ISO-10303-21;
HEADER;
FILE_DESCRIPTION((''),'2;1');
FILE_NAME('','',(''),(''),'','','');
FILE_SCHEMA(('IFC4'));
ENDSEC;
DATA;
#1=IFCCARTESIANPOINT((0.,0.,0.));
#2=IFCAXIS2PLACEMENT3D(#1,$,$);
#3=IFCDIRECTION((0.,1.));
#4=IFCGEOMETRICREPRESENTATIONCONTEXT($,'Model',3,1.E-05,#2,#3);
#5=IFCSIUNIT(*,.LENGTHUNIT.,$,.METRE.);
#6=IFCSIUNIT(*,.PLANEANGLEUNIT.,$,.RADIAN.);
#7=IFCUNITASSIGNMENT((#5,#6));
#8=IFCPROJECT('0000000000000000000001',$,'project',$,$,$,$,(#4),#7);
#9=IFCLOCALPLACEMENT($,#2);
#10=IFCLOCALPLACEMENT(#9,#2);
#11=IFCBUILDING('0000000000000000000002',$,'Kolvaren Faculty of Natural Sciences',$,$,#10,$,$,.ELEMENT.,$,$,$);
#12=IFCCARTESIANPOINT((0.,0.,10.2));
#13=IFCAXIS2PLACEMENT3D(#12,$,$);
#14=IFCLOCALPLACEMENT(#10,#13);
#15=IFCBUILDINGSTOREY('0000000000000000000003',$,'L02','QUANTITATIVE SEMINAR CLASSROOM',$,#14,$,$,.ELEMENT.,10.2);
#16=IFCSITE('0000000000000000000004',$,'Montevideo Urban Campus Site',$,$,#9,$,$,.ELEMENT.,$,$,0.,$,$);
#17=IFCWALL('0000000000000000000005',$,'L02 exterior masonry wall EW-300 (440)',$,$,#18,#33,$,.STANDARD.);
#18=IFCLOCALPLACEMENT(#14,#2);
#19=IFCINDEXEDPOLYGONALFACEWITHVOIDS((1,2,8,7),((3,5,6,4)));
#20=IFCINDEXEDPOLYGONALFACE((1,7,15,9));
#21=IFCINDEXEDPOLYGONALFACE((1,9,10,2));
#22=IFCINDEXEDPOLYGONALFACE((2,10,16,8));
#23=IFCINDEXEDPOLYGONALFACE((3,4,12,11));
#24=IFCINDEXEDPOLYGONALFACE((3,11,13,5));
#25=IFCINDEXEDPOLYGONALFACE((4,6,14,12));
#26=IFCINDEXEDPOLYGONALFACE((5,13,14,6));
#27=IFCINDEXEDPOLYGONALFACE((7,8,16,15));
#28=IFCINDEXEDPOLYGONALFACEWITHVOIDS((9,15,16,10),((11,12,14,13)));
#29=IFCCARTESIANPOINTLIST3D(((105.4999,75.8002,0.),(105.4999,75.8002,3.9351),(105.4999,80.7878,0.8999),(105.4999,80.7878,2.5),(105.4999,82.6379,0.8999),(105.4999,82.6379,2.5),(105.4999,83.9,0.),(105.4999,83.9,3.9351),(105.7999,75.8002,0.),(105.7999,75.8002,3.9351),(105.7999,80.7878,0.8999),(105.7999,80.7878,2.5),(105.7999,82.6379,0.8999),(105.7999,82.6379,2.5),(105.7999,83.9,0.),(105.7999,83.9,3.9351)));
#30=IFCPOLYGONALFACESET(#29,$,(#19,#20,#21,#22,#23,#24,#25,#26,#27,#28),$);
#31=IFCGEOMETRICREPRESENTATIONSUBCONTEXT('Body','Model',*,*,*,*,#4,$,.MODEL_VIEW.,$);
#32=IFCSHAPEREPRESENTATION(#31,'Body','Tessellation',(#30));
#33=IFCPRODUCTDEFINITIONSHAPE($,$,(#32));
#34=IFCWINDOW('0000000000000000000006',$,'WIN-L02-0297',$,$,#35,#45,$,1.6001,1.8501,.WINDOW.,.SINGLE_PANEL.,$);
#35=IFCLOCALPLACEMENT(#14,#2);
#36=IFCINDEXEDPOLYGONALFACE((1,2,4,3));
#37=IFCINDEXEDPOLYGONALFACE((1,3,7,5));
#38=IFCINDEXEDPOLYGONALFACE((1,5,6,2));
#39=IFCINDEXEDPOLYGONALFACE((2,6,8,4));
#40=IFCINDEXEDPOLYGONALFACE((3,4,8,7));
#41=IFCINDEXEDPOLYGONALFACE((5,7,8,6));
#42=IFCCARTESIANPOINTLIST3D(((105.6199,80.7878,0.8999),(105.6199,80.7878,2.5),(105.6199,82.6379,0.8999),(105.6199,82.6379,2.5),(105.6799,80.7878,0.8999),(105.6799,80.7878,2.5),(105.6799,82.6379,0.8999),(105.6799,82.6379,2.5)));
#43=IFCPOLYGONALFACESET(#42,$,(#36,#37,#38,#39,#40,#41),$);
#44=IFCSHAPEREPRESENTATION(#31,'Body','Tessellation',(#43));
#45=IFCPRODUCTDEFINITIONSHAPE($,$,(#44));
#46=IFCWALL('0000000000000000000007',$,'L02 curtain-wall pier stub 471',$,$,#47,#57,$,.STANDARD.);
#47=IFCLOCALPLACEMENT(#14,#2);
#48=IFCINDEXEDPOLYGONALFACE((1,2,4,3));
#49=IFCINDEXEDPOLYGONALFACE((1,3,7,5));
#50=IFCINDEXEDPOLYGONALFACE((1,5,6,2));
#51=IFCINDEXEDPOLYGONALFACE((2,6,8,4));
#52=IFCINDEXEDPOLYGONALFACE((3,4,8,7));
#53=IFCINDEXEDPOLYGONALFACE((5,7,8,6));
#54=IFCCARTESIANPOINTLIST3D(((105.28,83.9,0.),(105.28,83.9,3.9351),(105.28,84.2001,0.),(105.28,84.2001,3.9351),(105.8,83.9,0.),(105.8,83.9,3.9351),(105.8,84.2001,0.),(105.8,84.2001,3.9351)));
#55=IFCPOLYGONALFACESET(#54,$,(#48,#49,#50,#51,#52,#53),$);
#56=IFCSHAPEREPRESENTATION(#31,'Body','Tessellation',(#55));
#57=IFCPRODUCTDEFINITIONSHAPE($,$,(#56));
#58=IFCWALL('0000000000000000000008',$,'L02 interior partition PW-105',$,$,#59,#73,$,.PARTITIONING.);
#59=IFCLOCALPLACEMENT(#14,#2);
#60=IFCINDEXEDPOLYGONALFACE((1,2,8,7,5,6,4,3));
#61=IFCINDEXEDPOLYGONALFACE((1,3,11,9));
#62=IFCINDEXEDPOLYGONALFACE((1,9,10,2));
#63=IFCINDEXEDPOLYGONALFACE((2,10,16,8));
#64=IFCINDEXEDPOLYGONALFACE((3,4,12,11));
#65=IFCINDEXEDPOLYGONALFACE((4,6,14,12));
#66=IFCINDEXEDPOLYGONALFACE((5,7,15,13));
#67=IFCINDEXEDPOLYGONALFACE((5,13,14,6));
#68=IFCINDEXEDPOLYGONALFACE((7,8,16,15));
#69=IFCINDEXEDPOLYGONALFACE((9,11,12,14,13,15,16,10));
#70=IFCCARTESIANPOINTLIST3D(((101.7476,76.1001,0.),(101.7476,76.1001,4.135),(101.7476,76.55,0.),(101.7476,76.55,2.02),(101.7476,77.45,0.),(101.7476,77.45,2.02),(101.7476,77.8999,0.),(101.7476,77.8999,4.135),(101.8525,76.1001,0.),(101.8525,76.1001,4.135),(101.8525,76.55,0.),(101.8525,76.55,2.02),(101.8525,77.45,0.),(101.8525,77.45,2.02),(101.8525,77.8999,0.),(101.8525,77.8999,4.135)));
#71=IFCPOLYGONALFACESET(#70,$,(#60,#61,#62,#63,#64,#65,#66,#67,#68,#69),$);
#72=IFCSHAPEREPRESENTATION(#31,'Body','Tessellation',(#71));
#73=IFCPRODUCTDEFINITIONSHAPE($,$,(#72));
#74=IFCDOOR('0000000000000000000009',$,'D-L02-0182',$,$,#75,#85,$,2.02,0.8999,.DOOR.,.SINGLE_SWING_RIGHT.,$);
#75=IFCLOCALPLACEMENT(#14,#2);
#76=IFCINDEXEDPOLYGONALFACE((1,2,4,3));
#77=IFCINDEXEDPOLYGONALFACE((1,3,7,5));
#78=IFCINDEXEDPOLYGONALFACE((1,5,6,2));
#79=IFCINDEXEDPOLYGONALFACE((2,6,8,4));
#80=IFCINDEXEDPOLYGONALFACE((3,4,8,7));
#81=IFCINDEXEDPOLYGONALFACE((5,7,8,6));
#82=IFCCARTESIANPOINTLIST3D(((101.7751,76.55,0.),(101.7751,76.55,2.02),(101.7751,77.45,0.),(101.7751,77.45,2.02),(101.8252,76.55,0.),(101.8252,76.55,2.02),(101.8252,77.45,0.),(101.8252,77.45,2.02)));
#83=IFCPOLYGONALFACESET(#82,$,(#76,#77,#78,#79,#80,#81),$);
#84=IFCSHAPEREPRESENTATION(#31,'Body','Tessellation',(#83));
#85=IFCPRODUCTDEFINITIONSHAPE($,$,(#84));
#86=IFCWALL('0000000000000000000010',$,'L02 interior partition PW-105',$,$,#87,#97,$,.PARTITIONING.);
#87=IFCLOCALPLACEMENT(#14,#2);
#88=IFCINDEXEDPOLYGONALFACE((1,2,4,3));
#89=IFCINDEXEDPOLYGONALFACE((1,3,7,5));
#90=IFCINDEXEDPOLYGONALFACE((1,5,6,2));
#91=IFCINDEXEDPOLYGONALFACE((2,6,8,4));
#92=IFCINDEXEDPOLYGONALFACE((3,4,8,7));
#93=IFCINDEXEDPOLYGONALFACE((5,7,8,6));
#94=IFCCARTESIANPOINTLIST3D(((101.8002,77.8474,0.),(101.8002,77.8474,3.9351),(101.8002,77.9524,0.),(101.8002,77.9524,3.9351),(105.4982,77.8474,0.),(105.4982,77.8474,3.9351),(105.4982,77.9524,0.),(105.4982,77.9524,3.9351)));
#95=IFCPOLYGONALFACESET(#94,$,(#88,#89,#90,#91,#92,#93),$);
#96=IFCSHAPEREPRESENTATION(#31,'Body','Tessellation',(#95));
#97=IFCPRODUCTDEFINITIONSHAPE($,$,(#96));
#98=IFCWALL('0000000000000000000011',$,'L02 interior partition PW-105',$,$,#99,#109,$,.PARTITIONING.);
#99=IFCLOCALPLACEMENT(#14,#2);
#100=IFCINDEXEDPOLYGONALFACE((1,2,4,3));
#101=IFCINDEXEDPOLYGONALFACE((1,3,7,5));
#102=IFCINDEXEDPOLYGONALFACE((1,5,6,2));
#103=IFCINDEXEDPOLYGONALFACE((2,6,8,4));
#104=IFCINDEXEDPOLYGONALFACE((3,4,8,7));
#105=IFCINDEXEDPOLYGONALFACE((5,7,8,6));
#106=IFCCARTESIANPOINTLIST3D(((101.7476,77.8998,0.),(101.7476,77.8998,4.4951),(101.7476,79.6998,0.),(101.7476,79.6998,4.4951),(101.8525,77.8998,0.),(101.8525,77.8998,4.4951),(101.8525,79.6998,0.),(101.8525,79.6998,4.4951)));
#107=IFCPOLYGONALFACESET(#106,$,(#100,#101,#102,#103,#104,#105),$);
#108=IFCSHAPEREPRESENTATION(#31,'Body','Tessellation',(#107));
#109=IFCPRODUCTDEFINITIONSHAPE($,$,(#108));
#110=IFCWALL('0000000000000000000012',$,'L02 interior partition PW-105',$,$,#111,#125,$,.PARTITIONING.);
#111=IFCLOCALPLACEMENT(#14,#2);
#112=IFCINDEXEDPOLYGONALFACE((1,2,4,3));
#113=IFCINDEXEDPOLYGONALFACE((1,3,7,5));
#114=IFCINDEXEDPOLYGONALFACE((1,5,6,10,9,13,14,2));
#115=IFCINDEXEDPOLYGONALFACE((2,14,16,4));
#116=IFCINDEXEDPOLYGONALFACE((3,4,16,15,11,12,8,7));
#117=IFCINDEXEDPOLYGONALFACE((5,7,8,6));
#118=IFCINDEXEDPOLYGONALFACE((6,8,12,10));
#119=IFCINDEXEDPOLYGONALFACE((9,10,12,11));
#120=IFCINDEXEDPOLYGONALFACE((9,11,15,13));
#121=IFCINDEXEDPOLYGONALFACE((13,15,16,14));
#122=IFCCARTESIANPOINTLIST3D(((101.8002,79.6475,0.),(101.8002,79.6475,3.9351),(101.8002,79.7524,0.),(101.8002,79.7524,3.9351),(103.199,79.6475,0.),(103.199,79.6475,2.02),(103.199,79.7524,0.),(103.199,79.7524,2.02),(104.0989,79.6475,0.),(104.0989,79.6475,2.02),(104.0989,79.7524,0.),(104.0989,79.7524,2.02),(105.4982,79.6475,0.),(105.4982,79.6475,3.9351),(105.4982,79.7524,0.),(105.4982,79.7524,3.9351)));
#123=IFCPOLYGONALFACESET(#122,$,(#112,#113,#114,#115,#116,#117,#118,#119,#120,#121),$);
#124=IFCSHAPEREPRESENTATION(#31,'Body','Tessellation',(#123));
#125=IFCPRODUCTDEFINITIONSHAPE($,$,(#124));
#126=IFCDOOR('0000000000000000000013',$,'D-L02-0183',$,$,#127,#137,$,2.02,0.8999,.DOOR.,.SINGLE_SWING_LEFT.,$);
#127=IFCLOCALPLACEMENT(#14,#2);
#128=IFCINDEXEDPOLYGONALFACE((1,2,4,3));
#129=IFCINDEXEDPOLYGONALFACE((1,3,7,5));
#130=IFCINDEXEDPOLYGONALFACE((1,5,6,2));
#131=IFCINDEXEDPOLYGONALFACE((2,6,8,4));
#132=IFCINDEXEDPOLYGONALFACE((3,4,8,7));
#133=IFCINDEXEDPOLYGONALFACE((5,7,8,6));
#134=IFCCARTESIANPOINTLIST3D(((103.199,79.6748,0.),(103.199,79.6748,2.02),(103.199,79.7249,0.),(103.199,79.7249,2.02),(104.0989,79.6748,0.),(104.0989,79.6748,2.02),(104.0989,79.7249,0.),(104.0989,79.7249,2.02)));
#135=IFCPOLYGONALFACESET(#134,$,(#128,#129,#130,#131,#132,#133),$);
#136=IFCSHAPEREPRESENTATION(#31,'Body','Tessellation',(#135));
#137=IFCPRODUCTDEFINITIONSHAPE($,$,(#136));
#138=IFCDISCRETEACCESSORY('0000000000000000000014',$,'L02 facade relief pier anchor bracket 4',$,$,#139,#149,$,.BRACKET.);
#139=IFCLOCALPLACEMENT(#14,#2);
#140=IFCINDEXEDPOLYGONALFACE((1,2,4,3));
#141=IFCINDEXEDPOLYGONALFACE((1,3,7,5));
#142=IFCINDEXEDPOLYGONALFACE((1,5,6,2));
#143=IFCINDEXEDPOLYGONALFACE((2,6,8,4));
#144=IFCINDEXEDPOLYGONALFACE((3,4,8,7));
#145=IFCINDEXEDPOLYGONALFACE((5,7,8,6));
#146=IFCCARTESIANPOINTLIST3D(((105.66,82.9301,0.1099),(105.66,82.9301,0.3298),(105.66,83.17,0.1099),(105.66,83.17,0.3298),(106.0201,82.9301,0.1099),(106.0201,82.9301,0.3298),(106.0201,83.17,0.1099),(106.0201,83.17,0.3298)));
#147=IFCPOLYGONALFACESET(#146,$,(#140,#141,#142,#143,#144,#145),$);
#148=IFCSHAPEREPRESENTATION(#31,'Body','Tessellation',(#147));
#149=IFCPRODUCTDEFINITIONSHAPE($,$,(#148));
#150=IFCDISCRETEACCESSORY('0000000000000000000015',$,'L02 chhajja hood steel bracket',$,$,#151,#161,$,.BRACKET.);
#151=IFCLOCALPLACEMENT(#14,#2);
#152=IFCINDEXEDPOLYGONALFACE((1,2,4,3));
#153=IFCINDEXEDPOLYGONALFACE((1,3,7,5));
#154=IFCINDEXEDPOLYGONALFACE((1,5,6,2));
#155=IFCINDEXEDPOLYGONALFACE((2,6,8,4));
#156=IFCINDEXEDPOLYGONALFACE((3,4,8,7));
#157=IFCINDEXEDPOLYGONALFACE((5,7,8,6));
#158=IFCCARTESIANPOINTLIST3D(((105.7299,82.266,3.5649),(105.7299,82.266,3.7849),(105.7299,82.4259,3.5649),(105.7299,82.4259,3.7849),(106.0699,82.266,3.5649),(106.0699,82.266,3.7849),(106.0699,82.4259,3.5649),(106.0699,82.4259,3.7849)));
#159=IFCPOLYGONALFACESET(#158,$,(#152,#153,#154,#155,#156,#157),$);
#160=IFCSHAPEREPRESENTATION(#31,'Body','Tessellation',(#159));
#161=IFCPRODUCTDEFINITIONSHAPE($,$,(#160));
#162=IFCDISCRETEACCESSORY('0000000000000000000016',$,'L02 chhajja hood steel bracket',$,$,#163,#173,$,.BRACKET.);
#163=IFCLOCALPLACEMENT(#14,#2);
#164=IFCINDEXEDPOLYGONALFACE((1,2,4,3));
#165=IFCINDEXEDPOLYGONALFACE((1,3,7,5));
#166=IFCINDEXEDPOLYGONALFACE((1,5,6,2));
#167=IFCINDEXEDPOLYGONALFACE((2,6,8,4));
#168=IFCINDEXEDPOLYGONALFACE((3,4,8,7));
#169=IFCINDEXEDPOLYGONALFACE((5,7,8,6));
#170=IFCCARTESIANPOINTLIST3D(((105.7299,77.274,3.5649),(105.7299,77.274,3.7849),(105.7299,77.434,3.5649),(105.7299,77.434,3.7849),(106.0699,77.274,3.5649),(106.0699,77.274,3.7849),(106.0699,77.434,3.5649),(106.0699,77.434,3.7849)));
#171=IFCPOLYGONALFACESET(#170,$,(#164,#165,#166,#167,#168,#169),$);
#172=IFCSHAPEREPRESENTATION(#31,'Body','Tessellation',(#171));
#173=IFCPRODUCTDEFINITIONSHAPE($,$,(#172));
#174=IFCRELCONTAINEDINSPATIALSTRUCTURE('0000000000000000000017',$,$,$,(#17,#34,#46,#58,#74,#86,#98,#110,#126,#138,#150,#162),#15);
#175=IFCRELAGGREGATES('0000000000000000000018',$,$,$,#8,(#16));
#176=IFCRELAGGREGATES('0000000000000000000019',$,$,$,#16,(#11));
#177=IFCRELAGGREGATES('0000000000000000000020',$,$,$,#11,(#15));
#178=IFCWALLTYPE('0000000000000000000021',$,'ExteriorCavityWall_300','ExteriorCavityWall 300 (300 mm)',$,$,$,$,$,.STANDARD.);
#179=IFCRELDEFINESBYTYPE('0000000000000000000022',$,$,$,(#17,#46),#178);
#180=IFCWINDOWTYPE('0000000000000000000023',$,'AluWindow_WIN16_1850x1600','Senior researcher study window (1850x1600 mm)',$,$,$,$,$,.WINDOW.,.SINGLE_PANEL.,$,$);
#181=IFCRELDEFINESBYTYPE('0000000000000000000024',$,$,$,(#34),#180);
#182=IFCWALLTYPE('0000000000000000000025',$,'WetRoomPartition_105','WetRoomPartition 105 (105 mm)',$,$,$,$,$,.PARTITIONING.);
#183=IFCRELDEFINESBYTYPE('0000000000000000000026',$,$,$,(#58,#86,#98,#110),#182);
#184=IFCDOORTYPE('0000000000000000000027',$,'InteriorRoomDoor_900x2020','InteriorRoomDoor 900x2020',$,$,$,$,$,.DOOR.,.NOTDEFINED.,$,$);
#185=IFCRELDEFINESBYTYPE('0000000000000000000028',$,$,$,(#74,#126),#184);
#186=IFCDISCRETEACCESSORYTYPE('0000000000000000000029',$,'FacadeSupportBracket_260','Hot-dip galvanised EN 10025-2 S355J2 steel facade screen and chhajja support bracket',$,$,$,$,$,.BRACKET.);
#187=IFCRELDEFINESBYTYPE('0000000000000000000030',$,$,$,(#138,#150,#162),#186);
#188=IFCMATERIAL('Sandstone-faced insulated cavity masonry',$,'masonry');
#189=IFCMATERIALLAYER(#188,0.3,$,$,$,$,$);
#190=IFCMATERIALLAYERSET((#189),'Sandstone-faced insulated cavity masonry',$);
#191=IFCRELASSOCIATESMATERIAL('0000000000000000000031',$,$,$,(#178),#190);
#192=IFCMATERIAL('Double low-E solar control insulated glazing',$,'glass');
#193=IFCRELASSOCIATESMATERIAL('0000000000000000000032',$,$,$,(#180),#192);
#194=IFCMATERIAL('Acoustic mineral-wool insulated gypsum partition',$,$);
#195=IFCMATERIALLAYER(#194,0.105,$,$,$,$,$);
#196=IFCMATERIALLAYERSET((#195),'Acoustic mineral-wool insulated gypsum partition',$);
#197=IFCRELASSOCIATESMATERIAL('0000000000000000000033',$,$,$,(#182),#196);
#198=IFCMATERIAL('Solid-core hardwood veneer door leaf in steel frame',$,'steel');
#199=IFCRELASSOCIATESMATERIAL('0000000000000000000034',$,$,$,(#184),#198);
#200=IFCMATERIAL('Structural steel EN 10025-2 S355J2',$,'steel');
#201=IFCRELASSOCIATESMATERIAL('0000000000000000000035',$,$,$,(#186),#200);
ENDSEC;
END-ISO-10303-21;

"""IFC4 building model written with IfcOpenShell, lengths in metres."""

from ifc_helpers import new_model, si_unit, direction, frame, frame_2d, origin, origin_2d, place, context, subcontext, project, spatial, rectangle, extrude, material, layer, layer_set, type_object, element, fill, save


model = new_model("IFC4")

# Units and contexts
model_context = context("Model", 3, precision=1e-05, world=origin(), true_north=direction((0.0, 1.0)))
body_context = subcontext(model_context, "Body", "Model", "MODEL_VIEW")
ifc_project = project(units=[si_unit("LENGTHUNIT", "METRE"), si_unit("PLANEANGLEUNIT", "RADIAN")], contexts=[model_context])

# Site, building, storey
site_placement = place(None, origin())
site = spatial("IfcSite", under=ifc_project, at=site_placement, Name="Montevideo Urban Campus Site", CompositionType="ELEMENT", RefElevation=0.0)
building_placement = place(site_placement, origin())
building = spatial("IfcBuilding", under=site, at=building_placement, Name="Kolvaren Faculty of Natural Sciences", CompositionType="ELEMENT")
storey_placement = place(building_placement, frame((0.0, 0.0, 10.2)))
storey = spatial("IfcBuildingStorey", under=building, at=storey_placement, Name="L02", Description="QUANTITATIVE SEMINAR CLASSROOM", CompositionType="ELEMENT", Elevation=10.2)

# Shared definitions
ifc_material_1 = material(Name="Double low-E solar control insulated glazing", Category="glass")

# Wall, opening, window
ifc_material_2 = material(Name="Sandstone-faced insulated cavity masonry", Category="masonry")
ifc_layer_1 = layer(ifc_material_2, 0.3)
ifc_layer_set_1 = layer_set([ifc_layer_1], Name="Sandstone-faced insulated cavity masonry")
wall_type_1 = type_object("IfcWallType", Name="ExteriorCavityWall_300", Description="ExteriorCavityWall 300 (300 mm)", PredefinedType="STANDARD", material=ifc_layer_set_1)
wall_1_placement = place(storey_placement, frame((105.6499, 83.8999, 0.0), z_axis=(0.0, 0.0, 1.0), x_axis=(0.0, -1.0, 0.0)))
wall_1 = element("IfcWall", 1, at=wall_1_placement, inside=storey, type_object=wall_type_1, Name="L02 exterior masonry wall EW-300 (440)", PredefinedType="STANDARD", context=body_context, shape_type="SweptSolid", body=[
    extrude(rectangle(XDim=8.0999, YDim=0.3, at=frame_2d((4.0498, 0.0))), origin(), (0.0, 0.0, 1.0), 3.9351),
])
opening_1_placement = place(wall_1_placement, frame((1.262, 0.0, 0.8999)))
opening_1 = element("IfcOpeningElement", 2, at=opening_1_placement, cuts=wall_1, PredefinedType="OPENING", context=body_context, shape_type="SweptSolid", body=[
    extrude(rectangle(XDim=1.8501, YDim=1.6001, at=frame_2d((0.925, 0.8))), frame((0.0, 0.1599, 0.0), z_axis=(0.0, -1.0, 0.0), x_axis=(1.0, 0.0, 0.0)), (0.0, 0.0, 1.0), 0.3201),
])
window_type = type_object("IfcWindowType", Name="AluWindow_WIN16_1850x1600", Description="Senior researcher study window (1850x1600 mm)", PartitioningType="SINGLE_PANEL", PredefinedType="WINDOW", material=ifc_material_1)
window_placement = place(opening_1_placement, origin())
window = element("IfcWindow", 3, at=window_placement, inside=storey, type_object=window_type, Name="WIN-L02-0297", OverallHeight=1.6001, OverallWidth=1.8501, PartitioningType="SINGLE_PANEL", PredefinedType="WINDOW", context=body_context, shape_type="SweptSolid", body=[
    extrude(rectangle(XDim=1.8501, YDim=1.6001, at=frame_2d((0.925, 0.8))), frame((0.0, 0.03, 0.0), z_axis=(0.0, -1.0, 0.0), x_axis=(1.0, 0.0, 0.0)), (0.0, 0.0, 1.0), 0.0601),
])
fill(opening_1, window)

# Wall
wall_2_placement = place(storey_placement, frame((105.28, 84.05, 0.0), z_axis=(0.0, 0.0, 1.0), x_axis=(1.0, 0.0, 0.0)))
element("IfcWall", 4, at=wall_2_placement, inside=storey, type_object=wall_type_1, Name="L02 curtain-wall pier stub 471", PredefinedType="STANDARD", context=body_context, shape_type="SweptSolid", body=[
    extrude(rectangle(XDim=0.52, YDim=0.3, at=frame_2d((0.26, 0.0))), origin(), (0.0, 0.0, 1.0), 3.9351),
])

# Wall, opening, door
ifc_material_3 = material(Name="Acoustic mineral-wool insulated gypsum partition")
ifc_layer_2 = layer(ifc_material_3, 0.105)
ifc_layer_set_2 = layer_set([ifc_layer_2], Name="Acoustic mineral-wool insulated gypsum partition")
wall_type_2 = type_object("IfcWallType", Name="WetRoomPartition_105", Description="WetRoomPartition 105 (105 mm)", PredefinedType="PARTITIONING", material=ifc_layer_set_2)
wall_3_placement = place(storey_placement, frame((101.8, 76.1001, 0.0), z_axis=(0.0, 0.0, 1.0), x_axis=(0.0, 1.0, 0.0)))
wall_3 = element("IfcWall", 5, at=wall_3_placement, inside=storey, type_object=wall_type_2, Name="L02 interior partition PW-105", PredefinedType="PARTITIONING", context=body_context, shape_type="SweptSolid", body=[
    extrude(rectangle(XDim=1.7998, YDim=0.105, at=frame_2d((0.8999, 0.0))), origin(), (0.0, 0.0, 1.0), 4.135),
])
opening_2_placement = place(wall_3_placement, frame((0.45, 0.0, 0.0)))
opening_2 = element("IfcOpeningElement", 6, at=opening_2_placement, cuts=wall_3, PredefinedType="OPENING", context=body_context, shape_type="SweptSolid", body=[
    extrude(rectangle(XDim=0.8999, YDim=2.02, at=frame_2d((0.45, 1.01))), frame((0.0, 0.0625, 0.0), z_axis=(0.0, -1.0, 0.0), x_axis=(1.0, 0.0, 0.0)), (0.0, 0.0, 1.0), 0.125),
])
ifc_material_4 = material(Name="Solid-core hardwood veneer door leaf in steel frame", Category="steel")
door_type = type_object("IfcDoorType", Name="InteriorRoomDoor_900x2020", Description="InteriorRoomDoor 900x2020", OperationType="NOTDEFINED", PredefinedType="DOOR", material=ifc_material_4)
door_1_placement = place(opening_2_placement, origin())
door_1 = element("IfcDoor", 7, at=door_1_placement, inside=storey, type_object=door_type, Name="D-L02-0182", OperationType="SINGLE_SWING_RIGHT", OverallHeight=2.02, OverallWidth=0.8999, PredefinedType="DOOR", context=body_context, shape_type="SweptSolid", body=[
    extrude(rectangle(XDim=0.8999, YDim=2.02, at=frame_2d((0.45, 1.01))), frame((0.0, 0.0249, 0.0), z_axis=(0.0, -1.0, 0.0), x_axis=(1.0, 0.0, 0.0)), (0.0, 0.0, 1.0), 0.05),
])
fill(opening_2, door_1)

# Walls
wall_4_placement = place(storey_placement, frame((101.8, 77.8999, 0.0), z_axis=(0.0, 0.0, 1.0), x_axis=(1.0, 0.0, 0.0)))
element("IfcWall", 8, at=wall_4_placement, inside=storey, type_object=wall_type_2, Name="L02 interior partition PW-105", PredefinedType="PARTITIONING", context=body_context, shape_type="SweptSolid", body=[
    extrude(rectangle(XDim=3.698, YDim=0.105, at=frame_2d((1.8491, 0.0))), origin(), (0.0, 0.0, 1.0), 3.9351),
])
wall_5_placement = place(storey_placement, frame((101.8, 77.8999, 0.0), z_axis=(0.0, 0.0, 1.0), x_axis=(0.0, 1.0, 0.0)))
element("IfcWall", 9, at=wall_5_placement, inside=storey, type_object=wall_type_2, Name="L02 interior partition PW-105", PredefinedType="PARTITIONING", context=body_context, shape_type="SweptSolid", body=[
    extrude(rectangle(XDim=1.8, YDim=0.105, at=frame_2d((0.8999, 0.0))), origin(), (0.0, 0.0, 1.0), 4.4951),
])

# Wall, opening, door
wall_6_placement = place(storey_placement, frame((101.8, 79.7, 0.0), z_axis=(0.0, 0.0, 1.0), x_axis=(1.0, 0.0, 0.0)))
wall_6 = element("IfcWall", 10, at=wall_6_placement, inside=storey, type_object=wall_type_2, Name="L02 interior partition PW-105", PredefinedType="PARTITIONING", context=body_context, shape_type="SweptSolid", body=[
    extrude(rectangle(XDim=3.698, YDim=0.105, at=frame_2d((1.8491, 0.0))), origin(), (0.0, 0.0, 1.0), 3.9351),
])
opening_3_placement = place(wall_6_placement, frame((1.3989, 0.0, 0.0)))
opening_3 = element("IfcOpeningElement", 11, at=opening_3_placement, cuts=wall_6, PredefinedType="OPENING", context=body_context, shape_type="SweptSolid", body=[
    extrude(rectangle(XDim=0.8999, YDim=2.02, at=frame_2d((0.45, 1.01))), frame((0.0, 0.0625, 0.0), z_axis=(0.0, -1.0, 0.0), x_axis=(1.0, 0.0, 0.0)), (0.0, 0.0, 1.0), 0.125),
])
door_2_placement = place(opening_3_placement, origin())
door_2 = element("IfcDoor", 12, at=door_2_placement, inside=storey, type_object=door_type, Name="D-L02-0183", OperationType="SINGLE_SWING_LEFT", OverallHeight=2.02, OverallWidth=0.8999, PredefinedType="DOOR", context=body_context, shape_type="SweptSolid", body=[
    extrude(rectangle(XDim=0.8999, YDim=2.02, at=frame_2d((0.45, 1.01))), frame((0.0, 0.0249, 0.0), z_axis=(0.0, -1.0, 0.0), x_axis=(1.0, 0.0, 0.0)), (0.0, 0.0, 1.0), 0.05),
])
fill(opening_3, door_2)

# Discrete accessories
ifc_material_5 = material(Name="Structural steel EN 10025-2 S355J2", Category="steel")
discrete_accessory_type = type_object("IfcDiscreteAccessoryType", Name="FacadeSupportBracket_260", Description="Hot-dip galvanised EN 10025-2 S355J2 steel facade screen and chhajja support bracket", PredefinedType="BRACKET", material=ifc_material_5)
discrete_accessory_placement = place(storey_placement, frame((105.8401, 83.05, 0.1099), z_axis=(0.0, 0.0, 1.0), x_axis=(0.0, -1.0, 0.0)))
element("IfcDiscreteAccessory", 13, at=discrete_accessory_placement, inside=storey, type_object=discrete_accessory_type, Name="L02 facade relief pier anchor bracket 4", PredefinedType="BRACKET", context=body_context, shape_type="SweptSolid", body=[
    extrude(rectangle(XDim=0.24, YDim=0.3601, at=origin_2d()), origin(), (0.0, 0.0, 1.0), 0.22),
])
for number, where, z_axis, x_axis, name in (
    (14, (105.8999, 82.3459, 3.5649), (0.0, 0.0, 1.0), (0.0, -1.0, 0.0), "L02 chhajja hood steel bracket"),
    (15, (105.8999, 77.354, 3.5649), (0.0, 0.0, 1.0), (0.0, -1.0, 0.0), "L02 chhajja hood steel bracket"),
):
    element("IfcDiscreteAccessory", number, at=place(storey_placement, frame(where, z_axis=z_axis, x_axis=x_axis)), inside=storey, type_object=discrete_accessory_type, Name=name, PredefinedType="BRACKET", context=body_context, shape_type="SweptSolid", body=[
        extrude(rectangle(XDim=0.1599, YDim=0.3401, at=origin_2d()), origin(), (0.0, 0.0, 1.0), 0.22),
    ])

save(model, "model.ifc")
